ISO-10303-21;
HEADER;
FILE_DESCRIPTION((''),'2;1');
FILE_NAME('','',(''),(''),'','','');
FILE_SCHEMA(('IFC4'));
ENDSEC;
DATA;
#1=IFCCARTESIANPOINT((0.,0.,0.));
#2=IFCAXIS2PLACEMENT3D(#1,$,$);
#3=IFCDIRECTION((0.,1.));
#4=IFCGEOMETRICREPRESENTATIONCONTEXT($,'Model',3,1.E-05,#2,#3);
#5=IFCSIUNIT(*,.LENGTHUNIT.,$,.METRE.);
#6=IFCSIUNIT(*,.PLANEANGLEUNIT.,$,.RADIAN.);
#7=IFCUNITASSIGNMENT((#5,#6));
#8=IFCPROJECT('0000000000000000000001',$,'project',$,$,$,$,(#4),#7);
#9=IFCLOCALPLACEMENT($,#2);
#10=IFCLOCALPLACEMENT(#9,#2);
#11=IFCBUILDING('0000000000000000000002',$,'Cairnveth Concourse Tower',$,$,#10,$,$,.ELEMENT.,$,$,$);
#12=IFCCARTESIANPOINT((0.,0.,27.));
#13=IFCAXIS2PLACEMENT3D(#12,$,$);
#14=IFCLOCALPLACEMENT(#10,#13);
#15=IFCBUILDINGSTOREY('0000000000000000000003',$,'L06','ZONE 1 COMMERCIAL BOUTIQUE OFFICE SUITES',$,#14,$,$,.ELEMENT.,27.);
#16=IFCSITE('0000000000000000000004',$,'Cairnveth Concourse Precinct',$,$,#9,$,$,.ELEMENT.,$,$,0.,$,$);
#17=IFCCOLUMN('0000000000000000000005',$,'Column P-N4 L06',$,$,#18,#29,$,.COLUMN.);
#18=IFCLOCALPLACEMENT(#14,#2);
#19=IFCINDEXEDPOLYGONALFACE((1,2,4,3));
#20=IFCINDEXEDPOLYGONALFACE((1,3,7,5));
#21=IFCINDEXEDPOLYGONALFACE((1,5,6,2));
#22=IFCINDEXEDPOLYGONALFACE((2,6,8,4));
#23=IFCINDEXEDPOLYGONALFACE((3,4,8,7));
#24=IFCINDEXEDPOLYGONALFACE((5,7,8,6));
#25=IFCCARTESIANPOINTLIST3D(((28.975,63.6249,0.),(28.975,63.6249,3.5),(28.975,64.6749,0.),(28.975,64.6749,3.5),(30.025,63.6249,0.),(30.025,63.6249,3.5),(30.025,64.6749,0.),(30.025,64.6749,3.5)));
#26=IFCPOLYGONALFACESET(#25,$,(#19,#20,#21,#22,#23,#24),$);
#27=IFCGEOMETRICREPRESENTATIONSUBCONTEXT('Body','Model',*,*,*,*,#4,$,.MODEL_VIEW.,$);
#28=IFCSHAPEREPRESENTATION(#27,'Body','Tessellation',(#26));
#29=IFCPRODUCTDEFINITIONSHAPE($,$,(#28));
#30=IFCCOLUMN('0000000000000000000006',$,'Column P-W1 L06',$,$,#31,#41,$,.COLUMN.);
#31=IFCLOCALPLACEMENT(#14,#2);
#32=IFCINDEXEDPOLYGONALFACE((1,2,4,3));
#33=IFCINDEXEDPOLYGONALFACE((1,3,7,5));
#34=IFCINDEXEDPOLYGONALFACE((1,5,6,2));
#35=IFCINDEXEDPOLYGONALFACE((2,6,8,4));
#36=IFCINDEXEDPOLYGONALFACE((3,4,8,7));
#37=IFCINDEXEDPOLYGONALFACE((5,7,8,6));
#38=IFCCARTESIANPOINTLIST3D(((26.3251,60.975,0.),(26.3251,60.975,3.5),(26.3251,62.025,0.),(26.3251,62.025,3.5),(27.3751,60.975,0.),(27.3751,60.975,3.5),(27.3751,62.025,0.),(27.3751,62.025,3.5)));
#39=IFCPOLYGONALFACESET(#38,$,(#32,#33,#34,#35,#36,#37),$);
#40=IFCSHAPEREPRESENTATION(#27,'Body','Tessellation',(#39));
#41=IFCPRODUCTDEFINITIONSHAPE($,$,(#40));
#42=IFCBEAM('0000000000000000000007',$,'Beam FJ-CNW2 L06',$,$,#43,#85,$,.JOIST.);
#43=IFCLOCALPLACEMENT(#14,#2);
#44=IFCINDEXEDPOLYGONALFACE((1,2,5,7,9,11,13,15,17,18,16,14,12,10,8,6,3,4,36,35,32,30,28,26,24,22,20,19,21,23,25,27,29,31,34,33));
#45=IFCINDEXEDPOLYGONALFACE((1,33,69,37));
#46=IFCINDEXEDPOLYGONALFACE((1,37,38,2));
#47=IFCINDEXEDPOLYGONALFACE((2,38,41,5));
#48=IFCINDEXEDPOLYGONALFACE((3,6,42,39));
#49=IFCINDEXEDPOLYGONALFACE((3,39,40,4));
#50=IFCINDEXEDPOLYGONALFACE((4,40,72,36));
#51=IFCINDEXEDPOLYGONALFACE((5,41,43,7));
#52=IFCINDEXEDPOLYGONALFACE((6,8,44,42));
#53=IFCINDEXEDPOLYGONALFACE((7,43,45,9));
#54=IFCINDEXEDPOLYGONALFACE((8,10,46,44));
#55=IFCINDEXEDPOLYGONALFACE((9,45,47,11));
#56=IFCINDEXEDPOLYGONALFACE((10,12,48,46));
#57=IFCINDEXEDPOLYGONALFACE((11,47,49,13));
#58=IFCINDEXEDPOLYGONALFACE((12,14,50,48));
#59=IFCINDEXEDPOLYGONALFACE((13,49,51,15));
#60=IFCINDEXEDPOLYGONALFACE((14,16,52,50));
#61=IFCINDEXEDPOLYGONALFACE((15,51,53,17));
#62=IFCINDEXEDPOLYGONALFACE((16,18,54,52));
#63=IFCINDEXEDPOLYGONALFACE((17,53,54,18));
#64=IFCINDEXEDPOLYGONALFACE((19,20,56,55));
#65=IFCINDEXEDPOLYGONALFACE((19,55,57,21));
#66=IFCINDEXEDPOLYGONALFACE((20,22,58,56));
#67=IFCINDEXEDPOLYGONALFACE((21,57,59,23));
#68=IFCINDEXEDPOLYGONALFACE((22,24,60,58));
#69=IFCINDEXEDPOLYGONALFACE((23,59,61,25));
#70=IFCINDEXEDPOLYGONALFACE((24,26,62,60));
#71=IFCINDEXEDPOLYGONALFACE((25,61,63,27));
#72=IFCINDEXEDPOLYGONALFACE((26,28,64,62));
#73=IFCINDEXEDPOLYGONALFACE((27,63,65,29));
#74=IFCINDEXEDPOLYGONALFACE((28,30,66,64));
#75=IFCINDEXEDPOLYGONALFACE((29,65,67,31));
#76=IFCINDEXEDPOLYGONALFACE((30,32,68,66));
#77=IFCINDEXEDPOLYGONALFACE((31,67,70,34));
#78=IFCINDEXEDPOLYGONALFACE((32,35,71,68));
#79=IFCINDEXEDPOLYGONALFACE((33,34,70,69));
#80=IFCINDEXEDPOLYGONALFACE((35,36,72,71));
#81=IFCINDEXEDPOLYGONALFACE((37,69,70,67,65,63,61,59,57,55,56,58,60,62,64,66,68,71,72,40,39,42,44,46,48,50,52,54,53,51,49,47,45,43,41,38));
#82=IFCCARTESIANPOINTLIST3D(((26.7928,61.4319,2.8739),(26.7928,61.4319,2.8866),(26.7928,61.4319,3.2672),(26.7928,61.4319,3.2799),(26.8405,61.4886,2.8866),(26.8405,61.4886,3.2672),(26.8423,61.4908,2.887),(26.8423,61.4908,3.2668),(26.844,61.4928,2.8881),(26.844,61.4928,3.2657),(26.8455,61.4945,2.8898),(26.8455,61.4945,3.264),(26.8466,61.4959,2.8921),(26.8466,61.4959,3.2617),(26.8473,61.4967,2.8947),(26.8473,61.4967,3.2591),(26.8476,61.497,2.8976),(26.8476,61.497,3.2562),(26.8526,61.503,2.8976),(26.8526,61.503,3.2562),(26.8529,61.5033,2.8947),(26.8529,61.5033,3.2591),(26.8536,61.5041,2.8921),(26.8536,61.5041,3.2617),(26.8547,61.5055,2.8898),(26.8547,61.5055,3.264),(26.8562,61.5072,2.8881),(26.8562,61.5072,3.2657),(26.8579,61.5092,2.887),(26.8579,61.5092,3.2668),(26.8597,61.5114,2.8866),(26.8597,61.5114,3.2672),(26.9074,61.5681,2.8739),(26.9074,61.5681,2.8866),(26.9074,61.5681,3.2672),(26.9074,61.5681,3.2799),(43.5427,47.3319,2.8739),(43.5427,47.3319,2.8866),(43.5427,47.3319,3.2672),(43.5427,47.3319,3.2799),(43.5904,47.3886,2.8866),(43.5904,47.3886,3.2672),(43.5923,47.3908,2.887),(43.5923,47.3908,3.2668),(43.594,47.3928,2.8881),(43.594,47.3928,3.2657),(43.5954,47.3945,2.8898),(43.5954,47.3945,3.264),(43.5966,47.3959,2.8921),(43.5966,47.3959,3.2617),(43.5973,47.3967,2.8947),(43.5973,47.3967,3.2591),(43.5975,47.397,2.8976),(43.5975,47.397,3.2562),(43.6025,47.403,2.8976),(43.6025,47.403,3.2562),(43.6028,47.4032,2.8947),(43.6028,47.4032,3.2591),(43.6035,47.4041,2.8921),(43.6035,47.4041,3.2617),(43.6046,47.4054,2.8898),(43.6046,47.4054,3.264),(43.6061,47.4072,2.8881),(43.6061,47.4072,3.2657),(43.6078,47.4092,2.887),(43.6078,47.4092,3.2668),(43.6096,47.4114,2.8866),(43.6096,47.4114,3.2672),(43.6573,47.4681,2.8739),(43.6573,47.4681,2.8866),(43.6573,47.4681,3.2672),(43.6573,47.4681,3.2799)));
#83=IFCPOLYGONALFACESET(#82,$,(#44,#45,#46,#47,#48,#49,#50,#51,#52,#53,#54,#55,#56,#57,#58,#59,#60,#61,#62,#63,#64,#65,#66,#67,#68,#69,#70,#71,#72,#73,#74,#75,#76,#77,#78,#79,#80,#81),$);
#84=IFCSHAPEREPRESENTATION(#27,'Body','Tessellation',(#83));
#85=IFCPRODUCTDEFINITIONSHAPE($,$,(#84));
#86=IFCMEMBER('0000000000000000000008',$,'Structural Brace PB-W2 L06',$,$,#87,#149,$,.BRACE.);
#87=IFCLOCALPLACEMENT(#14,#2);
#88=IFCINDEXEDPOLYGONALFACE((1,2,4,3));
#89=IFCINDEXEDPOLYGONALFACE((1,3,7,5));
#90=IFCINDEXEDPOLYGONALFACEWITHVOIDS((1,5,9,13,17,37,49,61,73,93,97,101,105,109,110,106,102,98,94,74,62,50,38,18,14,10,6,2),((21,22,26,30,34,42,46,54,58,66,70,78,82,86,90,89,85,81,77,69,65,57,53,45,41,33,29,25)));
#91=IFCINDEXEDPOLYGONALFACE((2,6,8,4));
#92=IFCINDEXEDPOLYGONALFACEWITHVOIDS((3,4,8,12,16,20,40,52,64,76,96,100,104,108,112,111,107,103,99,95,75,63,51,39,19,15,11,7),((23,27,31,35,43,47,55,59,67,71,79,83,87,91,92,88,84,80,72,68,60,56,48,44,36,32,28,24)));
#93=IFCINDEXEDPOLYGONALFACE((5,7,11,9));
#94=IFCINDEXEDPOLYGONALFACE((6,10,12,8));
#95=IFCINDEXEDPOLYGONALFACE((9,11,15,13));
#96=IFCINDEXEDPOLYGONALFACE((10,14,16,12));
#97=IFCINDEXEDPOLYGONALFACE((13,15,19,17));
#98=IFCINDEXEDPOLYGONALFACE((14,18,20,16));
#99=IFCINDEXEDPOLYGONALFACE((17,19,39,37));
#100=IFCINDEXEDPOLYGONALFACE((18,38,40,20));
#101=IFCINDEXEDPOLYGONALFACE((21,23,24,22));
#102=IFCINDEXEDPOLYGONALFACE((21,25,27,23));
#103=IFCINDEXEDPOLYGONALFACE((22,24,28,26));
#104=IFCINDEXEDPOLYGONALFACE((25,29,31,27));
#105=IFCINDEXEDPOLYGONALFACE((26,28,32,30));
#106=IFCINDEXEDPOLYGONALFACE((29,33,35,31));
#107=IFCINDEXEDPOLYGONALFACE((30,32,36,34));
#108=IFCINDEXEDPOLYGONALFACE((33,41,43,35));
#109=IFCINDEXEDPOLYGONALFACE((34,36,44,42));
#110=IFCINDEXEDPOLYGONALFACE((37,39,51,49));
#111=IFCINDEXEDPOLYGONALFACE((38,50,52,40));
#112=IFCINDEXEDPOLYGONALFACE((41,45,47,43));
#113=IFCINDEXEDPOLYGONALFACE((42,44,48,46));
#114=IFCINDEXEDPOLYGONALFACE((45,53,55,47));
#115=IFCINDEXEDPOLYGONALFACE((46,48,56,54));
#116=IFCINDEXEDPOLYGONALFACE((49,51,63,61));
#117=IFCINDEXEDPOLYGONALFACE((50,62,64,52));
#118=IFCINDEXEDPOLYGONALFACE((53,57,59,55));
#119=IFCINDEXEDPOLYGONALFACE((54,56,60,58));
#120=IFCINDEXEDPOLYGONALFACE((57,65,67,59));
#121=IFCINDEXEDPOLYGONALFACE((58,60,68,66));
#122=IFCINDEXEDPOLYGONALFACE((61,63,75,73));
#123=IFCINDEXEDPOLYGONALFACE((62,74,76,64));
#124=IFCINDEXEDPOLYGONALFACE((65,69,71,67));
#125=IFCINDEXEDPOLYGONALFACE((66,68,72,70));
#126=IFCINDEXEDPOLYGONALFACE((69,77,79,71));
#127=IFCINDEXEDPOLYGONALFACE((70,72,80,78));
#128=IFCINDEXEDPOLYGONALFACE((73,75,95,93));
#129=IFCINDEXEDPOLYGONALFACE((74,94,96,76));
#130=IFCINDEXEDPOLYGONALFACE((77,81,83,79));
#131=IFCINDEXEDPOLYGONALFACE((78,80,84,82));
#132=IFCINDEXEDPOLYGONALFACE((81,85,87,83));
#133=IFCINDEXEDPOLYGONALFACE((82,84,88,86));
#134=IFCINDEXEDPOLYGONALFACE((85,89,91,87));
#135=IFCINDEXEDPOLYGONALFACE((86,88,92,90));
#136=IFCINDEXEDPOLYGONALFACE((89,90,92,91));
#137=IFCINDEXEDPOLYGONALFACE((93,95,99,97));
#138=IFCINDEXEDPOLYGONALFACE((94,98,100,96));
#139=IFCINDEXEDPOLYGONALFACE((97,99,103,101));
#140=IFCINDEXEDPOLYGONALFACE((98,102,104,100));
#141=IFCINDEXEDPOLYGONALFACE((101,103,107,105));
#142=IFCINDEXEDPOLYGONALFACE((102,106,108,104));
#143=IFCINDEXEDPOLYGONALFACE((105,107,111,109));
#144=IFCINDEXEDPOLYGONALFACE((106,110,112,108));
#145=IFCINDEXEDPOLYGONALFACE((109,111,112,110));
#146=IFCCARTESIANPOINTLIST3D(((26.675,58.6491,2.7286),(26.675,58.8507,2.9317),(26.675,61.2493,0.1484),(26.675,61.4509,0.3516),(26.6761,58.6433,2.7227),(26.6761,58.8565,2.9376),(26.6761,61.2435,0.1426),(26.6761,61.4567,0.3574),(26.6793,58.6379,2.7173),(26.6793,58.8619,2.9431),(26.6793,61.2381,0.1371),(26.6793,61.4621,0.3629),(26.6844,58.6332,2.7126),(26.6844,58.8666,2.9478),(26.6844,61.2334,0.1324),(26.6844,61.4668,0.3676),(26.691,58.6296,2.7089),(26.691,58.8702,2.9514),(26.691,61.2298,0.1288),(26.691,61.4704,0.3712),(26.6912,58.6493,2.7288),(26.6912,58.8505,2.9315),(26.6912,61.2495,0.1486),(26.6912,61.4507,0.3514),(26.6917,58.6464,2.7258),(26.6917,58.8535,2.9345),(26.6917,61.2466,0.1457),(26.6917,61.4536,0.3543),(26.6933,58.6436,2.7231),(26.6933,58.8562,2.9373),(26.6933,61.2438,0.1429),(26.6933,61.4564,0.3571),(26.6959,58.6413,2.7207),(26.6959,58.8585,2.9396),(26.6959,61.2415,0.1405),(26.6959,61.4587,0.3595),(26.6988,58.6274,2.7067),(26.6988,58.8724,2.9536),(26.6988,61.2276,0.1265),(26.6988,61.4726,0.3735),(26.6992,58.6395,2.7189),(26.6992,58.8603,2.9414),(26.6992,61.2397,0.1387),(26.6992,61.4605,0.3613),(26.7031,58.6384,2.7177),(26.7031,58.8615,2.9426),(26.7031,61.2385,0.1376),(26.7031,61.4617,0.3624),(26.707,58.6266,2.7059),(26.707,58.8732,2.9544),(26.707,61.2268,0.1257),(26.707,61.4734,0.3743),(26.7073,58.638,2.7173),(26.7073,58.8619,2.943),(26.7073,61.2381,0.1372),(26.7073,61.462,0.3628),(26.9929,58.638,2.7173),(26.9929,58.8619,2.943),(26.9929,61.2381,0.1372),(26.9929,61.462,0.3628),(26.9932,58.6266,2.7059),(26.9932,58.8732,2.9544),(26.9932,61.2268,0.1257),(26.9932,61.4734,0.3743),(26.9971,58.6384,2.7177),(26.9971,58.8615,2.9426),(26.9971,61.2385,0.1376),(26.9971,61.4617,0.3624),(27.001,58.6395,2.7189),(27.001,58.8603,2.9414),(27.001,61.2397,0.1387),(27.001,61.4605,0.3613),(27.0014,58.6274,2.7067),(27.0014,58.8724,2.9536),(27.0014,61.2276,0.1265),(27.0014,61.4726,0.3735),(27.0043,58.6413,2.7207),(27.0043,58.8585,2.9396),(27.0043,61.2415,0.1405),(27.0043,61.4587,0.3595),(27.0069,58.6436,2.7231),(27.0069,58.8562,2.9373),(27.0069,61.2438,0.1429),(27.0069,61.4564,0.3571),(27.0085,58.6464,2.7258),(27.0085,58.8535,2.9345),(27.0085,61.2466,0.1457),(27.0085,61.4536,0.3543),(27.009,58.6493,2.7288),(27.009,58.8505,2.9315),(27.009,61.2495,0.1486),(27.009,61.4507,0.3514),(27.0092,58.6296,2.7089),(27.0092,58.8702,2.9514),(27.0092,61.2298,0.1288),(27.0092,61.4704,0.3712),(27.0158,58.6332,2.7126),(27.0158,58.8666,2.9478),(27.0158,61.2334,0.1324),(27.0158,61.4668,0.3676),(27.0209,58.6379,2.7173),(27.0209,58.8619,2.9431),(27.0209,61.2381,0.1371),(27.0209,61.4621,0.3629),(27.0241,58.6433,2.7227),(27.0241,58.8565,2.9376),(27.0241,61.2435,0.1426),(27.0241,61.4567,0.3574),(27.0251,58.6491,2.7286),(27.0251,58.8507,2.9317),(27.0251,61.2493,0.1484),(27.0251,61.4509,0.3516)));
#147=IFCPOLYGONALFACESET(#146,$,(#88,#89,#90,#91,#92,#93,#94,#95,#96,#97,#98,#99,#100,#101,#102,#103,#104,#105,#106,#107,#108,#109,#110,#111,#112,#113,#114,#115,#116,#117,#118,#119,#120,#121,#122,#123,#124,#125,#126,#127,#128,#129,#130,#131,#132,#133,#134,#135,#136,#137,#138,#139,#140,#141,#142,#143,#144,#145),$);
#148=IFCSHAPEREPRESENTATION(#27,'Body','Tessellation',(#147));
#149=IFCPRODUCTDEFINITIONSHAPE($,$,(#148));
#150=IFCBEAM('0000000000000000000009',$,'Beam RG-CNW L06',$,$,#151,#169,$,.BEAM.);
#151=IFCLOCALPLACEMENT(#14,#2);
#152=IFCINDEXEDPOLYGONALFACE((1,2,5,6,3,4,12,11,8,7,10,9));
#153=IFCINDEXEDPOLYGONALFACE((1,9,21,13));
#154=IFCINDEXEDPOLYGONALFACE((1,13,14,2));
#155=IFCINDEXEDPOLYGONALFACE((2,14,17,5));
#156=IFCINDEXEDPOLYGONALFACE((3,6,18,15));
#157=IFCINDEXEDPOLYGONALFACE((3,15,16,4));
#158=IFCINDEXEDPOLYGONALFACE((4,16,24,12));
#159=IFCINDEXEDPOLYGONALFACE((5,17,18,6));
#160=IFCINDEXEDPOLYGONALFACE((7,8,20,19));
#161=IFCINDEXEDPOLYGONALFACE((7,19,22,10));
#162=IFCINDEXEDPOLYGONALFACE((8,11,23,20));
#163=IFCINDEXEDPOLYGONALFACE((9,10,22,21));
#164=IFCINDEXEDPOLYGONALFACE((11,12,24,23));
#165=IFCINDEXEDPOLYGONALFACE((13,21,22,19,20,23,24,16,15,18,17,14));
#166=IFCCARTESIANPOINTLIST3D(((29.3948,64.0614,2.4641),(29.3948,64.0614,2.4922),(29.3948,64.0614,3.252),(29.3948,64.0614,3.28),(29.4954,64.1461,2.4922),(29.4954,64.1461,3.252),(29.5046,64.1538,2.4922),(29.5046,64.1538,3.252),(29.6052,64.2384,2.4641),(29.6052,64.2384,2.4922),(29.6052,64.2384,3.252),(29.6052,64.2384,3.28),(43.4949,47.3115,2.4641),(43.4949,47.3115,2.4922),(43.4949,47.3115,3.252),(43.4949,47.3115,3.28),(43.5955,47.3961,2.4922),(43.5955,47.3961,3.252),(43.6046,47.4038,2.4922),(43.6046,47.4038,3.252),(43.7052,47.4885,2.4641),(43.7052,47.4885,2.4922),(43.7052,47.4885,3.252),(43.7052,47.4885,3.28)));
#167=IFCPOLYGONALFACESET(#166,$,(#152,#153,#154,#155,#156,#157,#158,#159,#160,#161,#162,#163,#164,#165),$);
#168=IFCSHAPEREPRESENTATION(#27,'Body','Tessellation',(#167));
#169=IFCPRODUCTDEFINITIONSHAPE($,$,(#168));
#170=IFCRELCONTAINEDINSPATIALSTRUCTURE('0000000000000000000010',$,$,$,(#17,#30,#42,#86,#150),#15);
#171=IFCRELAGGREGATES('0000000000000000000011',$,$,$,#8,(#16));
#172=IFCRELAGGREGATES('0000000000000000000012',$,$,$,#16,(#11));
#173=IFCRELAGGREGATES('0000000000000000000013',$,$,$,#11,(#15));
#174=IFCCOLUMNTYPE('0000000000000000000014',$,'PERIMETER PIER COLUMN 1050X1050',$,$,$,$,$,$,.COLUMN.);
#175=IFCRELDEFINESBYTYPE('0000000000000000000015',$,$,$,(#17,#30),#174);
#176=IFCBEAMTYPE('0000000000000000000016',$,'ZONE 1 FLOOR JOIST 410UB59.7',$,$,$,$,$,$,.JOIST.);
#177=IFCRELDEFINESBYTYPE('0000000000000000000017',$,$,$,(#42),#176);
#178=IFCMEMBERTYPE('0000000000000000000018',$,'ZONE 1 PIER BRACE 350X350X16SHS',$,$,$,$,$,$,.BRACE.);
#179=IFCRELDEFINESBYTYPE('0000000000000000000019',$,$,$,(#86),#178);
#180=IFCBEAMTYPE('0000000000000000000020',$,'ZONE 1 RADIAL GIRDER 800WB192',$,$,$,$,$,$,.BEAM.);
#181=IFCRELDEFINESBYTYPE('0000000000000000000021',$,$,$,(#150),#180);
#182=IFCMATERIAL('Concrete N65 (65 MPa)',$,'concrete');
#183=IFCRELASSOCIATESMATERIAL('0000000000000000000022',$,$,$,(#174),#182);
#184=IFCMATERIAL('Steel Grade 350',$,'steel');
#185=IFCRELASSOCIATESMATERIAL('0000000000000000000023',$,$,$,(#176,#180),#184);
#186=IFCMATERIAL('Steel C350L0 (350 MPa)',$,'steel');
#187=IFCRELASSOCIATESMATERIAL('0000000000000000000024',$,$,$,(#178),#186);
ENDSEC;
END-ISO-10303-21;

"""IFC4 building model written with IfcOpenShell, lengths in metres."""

from ifc_helpers import new_model, si_unit, direction, frame, origin, origin_2d, place, context, subcontext, project, spatial, rectangle, hollow_rectangle, i_section, extrude, material, material_profile, profile_set, type_object, element, save


model = new_model("IFC4")

# Units and contexts
model_context = context("Model", 3, precision=1e-05, world=origin(), true_north=direction((0.0, 1.0)))
body_context = subcontext(model_context, "Body", "Model", "MODEL_VIEW")
ifc_project = project(units=[si_unit("LENGTHUNIT", "METRE"), si_unit("PLANEANGLEUNIT", "RADIAN")], contexts=[model_context])

# Site, building, storey
site_placement = place(None, origin())
site = spatial("IfcSite", under=ifc_project, at=site_placement, Name="Cairnveth Concourse Precinct", CompositionType="ELEMENT", RefElevation=0.0)
building_placement = place(site_placement, origin())
building = spatial("IfcBuilding", under=site, at=building_placement, Name="Cairnveth Concourse Tower", CompositionType="ELEMENT")
storey_placement = place(building_placement, frame((0.0, 0.0, 27.0)))
storey = spatial("IfcBuildingStorey", under=building, at=storey_placement, Name="L06", Description="ZONE 1 COMMERCIAL BOUTIQUE OFFICE SUITES", CompositionType="ELEMENT", Elevation=27.0)

# Columns
ifc_material_1 = material(Name="Concrete N65 (65 MPa)", Category="concrete")
ifc_material_profile_1 = material_profile(ifc_material_1, rectangle(XDim=1.05, YDim=1.05, at=origin_2d()), Name="RC-COL-1050x1050")
ifc_profile_set_1 = profile_set([ifc_material_profile_1], Name="Concrete N65 (65 MPa)")
column_type = type_object("IfcColumnType", Name="PERIMETER PIER COLUMN 1050X1050", PredefinedType="COLUMN", material=ifc_profile_set_1)
for number, where, z_axis, x_axis, name in (
    (1, (29.5, 64.1499, 0.0), (0.0, 0.0, 1.0), (1.0, 0.0, 0.0), "Column P-N4 L06"),
    (2, (26.8501, 61.5, 0.0), (0.0, 0.0, 1.0), (0.0, 1.0, 0.0), "Column P-W1 L06"),
):
    element("IfcColumn", number, at=place(storey_placement, frame(where, z_axis=z_axis, x_axis=x_axis)), inside=storey, type_object=column_type, Name=name, PredefinedType="COLUMN", context=body_context, shape_type="SweptSolid", body=[
        extrude(rectangle(XDim=1.05, YDim=1.05, at=origin_2d()), origin(), (0.0, 0.0, 1.0), 3.5),
    ])

# Beam
ifc_material_2 = material(Name="Steel Grade 350", Category="steel")
ifc_material_profile_2 = material_profile(ifc_material_2, i_section(OverallWidth=0.178, OverallDepth=0.406, WebThickness=0.0078, FlangeThickness=0.0127, FilletRadius=0.011, at=origin_2d()), Name="410UB59.7")
ifc_profile_set_2 = profile_set([ifc_material_profile_2], Name="Steel Grade 350")
beam_type_1 = type_object("IfcBeamType", Name="ZONE 1 FLOOR JOIST 410UB59.7", PredefinedType="JOIST", material=ifc_profile_set_2)
beam_1_placement = place(storey_placement, frame((26.8501, 61.5, 3.0769), z_axis=(0.765027, -0.643998, 0.0), x_axis=(0.643998, 0.765027, 0.0)))
element("IfcBeam", 3, at=beam_1_placement, inside=storey, type_object=beam_type_1, Name="Beam FJ-CNW2 L06", PredefinedType="JOIST", context=body_context, shape_type="SweptSolid", body=[
    extrude(i_section(OverallWidth=0.178, OverallDepth=0.406, WebThickness=0.0078, FlangeThickness=0.0127, FilletRadius=0.011, at=origin_2d()), origin(), (0.0, 0.0, 1.0), 21.8945),
])

# Member
ifc_material_3 = material(Name="Steel C350L0 (350 MPa)", Category="steel")
ifc_material_profile_3 = material_profile(ifc_material_3, hollow_rectangle(XDim=0.3501, YDim=0.3501, WallThickness=0.0161, InnerFilletRadius=0.0161, OuterFilletRadius=0.032, at=origin_2d()), Name="350x350x16.0SHS")
ifc_profile_set_3 = profile_set([ifc_material_profile_3], Name="Steel C350L0 (350 MPa)")
member_type = type_object("IfcMemberType", Name="ZONE 1 PIER BRACE 350X350X16SHS", PredefinedType="BRACE", material=ifc_profile_set_3)
member_placement = place(storey_placement, frame((26.8501, 61.3501, 0.25), z_axis=(0.0, -0.709834, 0.704369), x_axis=(1.0, 0.0, 0.0)))
element("IfcMember", 4, at=member_placement, inside=storey, type_object=member_type, Name="Structural Brace PB-W2 L06", PredefinedType="BRACE", context=body_context, shape_type="SweptSolid", body=[
    extrude(hollow_rectangle(XDim=0.3501, YDim=0.3501, WallThickness=0.0161, InnerFilletRadius=0.0161, OuterFilletRadius=0.032, at=origin_2d()), origin(), (0.0, 0.0, 1.0), 3.6631),
])

# Beam
ifc_material_profile_4 = material_profile(ifc_material_2, i_section(OverallWidth=0.2749, OverallDepth=0.8159, WebThickness=0.012, FlangeThickness=0.0281, at=origin_2d()), Name="800WB192")
ifc_profile_set_4 = profile_set([ifc_material_profile_4], Name="Steel Grade 350")
beam_type_2 = type_object("IfcBeamType", Name="ZONE 1 RADIAL GIRDER 800WB192", PredefinedType="BEAM", material=ifc_profile_set_4)
beam_2_placement = place(storey_placement, frame((29.5, 64.1499, 2.8721), z_axis=(0.643998, -0.765027, 0.0), x_axis=(0.765027, 0.643998, 0.0)))
element("IfcBeam", 5, at=beam_2_placement, inside=storey, type_object=beam_type_2, Name="Beam RG-CNW L06", PredefinedType="BEAM", context=body_context, shape_type="SweptSolid", body=[
    extrude(i_section(OverallWidth=0.2749, OverallDepth=0.8159, WebThickness=0.012, FlangeThickness=0.0281, at=origin_2d()), origin(), (0.0, 0.0, 1.0), 21.8945),
])

save(model, "model.ifc")
